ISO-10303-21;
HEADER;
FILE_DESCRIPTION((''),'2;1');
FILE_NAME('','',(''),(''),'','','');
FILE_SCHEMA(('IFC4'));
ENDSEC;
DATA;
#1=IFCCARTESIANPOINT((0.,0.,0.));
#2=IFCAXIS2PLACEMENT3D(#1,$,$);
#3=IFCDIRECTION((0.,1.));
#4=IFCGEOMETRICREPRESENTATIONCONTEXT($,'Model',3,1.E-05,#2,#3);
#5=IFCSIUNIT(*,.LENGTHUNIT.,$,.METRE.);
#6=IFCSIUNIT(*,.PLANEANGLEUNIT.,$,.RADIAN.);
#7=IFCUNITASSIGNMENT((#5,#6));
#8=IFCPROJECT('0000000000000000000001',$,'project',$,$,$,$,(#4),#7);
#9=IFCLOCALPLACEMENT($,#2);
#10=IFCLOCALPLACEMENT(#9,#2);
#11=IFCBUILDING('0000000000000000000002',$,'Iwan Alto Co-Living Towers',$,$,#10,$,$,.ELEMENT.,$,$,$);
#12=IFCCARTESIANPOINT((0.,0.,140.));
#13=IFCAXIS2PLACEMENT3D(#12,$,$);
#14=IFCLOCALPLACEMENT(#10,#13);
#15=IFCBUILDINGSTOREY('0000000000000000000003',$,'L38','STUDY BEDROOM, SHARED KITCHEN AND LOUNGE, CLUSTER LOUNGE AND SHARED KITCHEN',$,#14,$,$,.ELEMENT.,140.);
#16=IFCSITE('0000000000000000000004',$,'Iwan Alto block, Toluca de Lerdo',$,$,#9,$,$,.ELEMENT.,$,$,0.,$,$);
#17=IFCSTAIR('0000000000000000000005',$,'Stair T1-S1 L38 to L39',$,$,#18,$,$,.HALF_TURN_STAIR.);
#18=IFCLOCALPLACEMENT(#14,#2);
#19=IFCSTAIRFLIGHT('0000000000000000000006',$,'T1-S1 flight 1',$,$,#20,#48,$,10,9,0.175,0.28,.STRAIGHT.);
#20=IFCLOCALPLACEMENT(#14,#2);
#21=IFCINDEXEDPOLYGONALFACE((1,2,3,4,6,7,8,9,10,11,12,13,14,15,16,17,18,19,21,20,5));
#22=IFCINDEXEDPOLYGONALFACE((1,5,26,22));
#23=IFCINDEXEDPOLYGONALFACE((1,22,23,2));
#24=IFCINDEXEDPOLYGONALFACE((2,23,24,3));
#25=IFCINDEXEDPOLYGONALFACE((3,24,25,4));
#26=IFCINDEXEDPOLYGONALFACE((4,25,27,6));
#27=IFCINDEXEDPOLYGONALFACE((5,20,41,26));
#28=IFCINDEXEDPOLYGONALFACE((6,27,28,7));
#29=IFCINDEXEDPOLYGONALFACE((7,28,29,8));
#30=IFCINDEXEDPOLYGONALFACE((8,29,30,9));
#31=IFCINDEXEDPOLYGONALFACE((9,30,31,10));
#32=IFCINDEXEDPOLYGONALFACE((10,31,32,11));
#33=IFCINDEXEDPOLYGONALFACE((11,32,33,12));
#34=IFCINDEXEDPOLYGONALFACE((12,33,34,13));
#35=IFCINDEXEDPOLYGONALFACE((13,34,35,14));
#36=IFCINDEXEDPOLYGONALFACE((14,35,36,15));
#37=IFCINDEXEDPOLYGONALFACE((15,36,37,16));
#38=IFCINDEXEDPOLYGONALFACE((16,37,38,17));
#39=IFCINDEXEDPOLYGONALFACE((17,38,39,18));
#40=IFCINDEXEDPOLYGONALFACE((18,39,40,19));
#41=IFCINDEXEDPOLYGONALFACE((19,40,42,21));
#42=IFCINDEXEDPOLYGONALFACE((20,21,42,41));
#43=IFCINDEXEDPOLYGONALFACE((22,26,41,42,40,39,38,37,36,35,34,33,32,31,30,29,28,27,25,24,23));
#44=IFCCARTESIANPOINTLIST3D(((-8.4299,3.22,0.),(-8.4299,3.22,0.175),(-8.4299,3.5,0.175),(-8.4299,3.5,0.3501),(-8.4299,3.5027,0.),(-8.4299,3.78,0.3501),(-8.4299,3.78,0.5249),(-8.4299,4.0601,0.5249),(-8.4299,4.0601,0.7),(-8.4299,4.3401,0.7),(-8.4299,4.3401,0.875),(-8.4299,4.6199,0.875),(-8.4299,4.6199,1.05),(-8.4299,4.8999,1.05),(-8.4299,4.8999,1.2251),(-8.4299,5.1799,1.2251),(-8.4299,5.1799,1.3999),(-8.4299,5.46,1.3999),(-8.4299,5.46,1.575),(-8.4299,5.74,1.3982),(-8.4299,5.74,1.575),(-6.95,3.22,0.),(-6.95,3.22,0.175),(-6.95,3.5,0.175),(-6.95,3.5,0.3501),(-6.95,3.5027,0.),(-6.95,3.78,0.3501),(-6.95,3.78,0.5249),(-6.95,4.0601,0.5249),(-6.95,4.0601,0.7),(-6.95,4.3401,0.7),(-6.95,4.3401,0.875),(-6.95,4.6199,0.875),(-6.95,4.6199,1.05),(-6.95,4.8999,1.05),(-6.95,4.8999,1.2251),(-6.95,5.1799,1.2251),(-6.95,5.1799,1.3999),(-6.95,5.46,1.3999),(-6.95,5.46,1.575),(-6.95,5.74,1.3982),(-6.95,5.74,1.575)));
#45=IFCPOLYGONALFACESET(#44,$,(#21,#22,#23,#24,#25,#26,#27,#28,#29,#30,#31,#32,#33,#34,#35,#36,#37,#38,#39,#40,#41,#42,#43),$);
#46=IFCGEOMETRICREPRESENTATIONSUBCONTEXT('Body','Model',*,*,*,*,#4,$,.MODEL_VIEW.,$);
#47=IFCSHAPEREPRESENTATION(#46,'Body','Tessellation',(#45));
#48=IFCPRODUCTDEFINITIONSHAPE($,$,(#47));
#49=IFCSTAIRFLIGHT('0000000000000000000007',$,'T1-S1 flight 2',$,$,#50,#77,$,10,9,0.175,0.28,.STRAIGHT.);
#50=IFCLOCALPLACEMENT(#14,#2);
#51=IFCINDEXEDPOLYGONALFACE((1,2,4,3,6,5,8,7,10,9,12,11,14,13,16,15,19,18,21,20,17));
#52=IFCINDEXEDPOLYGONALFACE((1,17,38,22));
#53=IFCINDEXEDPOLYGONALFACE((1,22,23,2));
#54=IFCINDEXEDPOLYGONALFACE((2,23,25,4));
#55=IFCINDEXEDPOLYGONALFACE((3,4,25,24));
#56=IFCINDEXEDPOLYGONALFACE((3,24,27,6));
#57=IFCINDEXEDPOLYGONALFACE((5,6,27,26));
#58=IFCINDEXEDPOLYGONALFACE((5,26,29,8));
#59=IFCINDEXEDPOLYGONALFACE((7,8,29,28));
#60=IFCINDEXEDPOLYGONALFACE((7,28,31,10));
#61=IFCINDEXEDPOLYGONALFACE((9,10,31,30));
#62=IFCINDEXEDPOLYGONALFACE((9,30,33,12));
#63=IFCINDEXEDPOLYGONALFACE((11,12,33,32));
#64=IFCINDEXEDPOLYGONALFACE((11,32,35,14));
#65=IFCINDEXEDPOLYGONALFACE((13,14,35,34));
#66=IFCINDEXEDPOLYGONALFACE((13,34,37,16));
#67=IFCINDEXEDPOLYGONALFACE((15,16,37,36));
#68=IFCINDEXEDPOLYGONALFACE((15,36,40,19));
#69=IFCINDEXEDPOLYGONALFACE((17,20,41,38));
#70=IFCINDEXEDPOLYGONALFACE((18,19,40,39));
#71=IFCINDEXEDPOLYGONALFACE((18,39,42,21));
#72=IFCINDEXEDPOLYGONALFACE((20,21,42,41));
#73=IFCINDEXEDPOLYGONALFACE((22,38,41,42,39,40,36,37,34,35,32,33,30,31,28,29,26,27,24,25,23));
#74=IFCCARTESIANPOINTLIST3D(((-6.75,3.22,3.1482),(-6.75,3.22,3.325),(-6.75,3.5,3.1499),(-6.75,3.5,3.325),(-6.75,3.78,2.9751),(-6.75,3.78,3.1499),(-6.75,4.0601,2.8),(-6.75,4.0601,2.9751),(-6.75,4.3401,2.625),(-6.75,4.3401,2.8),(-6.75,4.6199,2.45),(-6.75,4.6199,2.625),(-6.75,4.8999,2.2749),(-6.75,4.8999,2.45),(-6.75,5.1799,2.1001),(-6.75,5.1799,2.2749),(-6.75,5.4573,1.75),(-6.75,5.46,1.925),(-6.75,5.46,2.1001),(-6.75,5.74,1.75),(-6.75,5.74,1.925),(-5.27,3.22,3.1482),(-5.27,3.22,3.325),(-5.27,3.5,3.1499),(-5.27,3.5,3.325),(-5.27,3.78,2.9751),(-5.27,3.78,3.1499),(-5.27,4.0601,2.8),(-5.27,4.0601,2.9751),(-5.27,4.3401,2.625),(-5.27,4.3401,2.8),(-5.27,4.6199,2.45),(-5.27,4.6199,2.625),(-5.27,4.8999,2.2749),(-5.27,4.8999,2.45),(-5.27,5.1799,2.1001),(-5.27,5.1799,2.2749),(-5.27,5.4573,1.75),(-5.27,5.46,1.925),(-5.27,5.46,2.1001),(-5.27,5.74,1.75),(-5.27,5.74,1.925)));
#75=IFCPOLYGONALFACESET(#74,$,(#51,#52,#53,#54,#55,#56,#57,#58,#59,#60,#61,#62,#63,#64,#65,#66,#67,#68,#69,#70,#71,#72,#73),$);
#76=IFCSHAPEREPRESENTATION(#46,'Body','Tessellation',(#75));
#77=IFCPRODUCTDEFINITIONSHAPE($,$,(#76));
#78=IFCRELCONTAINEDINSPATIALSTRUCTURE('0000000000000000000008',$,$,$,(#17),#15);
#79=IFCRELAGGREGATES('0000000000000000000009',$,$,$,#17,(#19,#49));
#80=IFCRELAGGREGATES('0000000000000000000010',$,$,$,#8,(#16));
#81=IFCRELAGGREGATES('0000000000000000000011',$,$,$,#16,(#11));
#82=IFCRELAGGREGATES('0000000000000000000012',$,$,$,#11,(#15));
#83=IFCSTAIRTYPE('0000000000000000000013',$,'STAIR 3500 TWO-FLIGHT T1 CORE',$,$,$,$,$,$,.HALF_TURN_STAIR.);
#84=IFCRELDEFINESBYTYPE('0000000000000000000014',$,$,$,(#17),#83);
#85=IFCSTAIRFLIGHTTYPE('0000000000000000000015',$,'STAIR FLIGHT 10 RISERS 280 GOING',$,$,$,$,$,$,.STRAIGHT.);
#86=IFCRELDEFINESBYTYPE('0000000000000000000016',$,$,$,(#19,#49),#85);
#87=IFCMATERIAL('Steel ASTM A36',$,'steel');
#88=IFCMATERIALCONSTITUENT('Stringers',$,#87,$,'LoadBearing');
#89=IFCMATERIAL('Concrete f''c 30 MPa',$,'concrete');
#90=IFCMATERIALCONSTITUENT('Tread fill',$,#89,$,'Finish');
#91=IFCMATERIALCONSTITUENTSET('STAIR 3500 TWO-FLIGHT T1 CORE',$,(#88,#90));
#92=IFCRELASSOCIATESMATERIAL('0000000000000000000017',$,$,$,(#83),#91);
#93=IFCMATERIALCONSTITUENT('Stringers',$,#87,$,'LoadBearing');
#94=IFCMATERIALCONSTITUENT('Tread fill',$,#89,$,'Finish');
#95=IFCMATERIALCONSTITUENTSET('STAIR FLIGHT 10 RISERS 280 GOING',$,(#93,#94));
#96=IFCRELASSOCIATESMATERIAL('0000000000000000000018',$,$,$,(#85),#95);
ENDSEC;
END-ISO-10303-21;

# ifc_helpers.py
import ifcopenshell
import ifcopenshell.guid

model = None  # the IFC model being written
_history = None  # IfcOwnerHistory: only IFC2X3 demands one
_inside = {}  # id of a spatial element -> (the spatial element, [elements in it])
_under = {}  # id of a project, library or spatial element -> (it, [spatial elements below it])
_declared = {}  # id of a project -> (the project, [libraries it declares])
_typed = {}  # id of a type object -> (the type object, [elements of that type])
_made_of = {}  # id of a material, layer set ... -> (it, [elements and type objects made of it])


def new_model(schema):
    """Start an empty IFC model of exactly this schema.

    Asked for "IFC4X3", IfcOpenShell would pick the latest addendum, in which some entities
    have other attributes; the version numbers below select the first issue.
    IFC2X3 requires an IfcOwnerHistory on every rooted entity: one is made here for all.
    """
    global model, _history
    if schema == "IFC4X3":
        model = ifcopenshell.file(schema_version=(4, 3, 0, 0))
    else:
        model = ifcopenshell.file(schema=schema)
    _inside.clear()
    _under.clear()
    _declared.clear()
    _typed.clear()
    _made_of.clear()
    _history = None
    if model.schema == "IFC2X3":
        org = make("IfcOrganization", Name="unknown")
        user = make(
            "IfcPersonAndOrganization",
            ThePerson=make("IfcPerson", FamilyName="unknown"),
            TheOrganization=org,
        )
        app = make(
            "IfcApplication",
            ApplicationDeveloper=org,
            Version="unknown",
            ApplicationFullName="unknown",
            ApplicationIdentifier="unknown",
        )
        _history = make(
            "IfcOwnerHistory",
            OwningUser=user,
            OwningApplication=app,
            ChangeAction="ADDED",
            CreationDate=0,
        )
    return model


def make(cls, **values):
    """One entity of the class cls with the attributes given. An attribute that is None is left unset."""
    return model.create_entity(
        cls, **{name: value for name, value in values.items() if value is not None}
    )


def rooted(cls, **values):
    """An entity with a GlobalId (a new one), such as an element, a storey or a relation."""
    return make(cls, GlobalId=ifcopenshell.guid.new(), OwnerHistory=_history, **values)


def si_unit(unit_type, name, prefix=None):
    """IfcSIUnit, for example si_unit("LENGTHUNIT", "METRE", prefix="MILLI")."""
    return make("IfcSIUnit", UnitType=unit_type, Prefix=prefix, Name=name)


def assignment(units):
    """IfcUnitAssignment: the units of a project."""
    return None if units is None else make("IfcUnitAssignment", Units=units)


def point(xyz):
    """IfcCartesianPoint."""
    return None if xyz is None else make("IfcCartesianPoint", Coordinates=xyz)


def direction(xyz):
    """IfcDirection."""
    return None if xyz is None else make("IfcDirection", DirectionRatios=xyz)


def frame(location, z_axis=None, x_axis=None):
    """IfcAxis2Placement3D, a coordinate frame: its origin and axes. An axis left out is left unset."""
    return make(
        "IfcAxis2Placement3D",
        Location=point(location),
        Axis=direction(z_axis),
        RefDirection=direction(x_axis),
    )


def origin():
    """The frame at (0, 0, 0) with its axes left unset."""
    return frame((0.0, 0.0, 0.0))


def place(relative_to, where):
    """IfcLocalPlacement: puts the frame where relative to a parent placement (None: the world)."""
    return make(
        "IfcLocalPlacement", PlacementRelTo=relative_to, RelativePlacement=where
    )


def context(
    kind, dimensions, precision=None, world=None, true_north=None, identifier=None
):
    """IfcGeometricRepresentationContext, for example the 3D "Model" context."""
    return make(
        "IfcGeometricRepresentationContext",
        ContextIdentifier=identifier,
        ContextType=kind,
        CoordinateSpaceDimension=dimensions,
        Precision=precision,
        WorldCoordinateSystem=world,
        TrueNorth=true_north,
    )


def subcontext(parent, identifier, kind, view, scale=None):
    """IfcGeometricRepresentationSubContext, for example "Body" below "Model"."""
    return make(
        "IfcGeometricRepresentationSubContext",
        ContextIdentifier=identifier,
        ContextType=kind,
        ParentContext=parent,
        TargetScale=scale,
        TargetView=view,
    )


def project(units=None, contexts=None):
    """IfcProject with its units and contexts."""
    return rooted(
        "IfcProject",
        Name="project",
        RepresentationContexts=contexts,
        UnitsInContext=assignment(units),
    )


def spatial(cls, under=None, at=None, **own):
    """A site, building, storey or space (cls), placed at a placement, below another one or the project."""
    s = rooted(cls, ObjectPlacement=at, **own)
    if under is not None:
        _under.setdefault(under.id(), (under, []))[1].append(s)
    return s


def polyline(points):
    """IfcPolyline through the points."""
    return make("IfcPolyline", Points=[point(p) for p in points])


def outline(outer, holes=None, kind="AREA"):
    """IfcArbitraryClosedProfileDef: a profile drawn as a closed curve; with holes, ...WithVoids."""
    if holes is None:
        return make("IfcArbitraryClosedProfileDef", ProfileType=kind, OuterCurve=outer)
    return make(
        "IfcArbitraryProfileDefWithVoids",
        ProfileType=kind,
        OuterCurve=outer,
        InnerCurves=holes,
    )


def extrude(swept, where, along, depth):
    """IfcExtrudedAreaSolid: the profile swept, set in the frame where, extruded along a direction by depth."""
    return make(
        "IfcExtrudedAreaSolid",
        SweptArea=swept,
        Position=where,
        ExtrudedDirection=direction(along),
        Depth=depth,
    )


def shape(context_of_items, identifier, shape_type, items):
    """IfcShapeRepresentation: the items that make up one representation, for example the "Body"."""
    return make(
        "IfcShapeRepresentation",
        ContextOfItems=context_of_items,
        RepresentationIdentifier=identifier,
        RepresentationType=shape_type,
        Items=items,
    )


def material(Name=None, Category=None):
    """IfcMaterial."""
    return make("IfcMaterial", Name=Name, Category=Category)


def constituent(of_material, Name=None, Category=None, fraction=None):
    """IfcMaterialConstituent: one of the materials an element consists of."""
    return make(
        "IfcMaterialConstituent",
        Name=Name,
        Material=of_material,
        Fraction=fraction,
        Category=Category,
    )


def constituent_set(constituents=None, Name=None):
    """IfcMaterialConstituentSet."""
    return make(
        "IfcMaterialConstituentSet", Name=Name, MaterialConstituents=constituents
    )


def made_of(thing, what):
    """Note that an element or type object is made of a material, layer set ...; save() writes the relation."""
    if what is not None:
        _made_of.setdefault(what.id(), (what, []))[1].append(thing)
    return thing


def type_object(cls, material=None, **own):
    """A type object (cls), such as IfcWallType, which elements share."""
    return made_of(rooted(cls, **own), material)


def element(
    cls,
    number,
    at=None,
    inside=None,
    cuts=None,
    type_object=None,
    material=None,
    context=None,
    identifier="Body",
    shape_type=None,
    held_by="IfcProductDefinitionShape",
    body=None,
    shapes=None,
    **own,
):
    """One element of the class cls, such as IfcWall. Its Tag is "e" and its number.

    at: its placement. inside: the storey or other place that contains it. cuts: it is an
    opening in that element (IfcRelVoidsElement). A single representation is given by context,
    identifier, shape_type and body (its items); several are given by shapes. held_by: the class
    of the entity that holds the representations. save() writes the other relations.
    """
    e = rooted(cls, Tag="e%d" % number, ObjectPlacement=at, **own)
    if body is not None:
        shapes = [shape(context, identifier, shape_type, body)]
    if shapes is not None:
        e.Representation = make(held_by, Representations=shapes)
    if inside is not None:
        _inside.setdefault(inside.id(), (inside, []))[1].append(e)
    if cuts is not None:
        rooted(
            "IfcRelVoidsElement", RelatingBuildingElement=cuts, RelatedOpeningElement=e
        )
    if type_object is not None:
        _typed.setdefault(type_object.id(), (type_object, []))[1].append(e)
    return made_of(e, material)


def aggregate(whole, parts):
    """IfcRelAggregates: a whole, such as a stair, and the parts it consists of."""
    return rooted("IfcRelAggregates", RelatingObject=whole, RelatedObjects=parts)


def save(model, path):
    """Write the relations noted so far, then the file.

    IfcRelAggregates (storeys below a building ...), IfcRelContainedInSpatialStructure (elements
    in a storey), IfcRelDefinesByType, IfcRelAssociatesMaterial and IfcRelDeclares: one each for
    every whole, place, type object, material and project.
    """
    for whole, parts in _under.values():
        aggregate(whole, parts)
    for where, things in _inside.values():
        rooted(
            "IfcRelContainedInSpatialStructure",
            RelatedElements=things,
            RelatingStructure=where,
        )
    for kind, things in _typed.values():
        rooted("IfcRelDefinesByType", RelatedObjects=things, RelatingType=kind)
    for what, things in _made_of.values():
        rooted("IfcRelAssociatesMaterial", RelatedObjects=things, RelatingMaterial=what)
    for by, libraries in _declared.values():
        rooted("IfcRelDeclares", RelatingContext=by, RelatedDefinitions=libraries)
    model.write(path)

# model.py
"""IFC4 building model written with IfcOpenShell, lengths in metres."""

from ifc_helpers import new_model, si_unit, direction, frame, origin, place, context, subcontext, project, spatial, polyline, outline, extrude, material, constituent, constituent_set, type_object, element, aggregate, save


model = new_model("IFC4")

# Units and contexts
model_context = context("Model", 3, precision=1e-05, world=origin(), true_north=direction((0.0, 1.0)))
body_context = subcontext(model_context, "Body", "Model", "MODEL_VIEW")
ifc_project = project(units=[si_unit("LENGTHUNIT", "METRE"), si_unit("PLANEANGLEUNIT", "RADIAN")], contexts=[model_context])

# Site, building, storey
site_placement = place(None, origin())
site = spatial("IfcSite", under=ifc_project, at=site_placement, Name="Iwan Alto block, Toluca de Lerdo", CompositionType="ELEMENT", RefElevation=0.0)
building_placement = place(site_placement, origin())
building = spatial("IfcBuilding", under=site, at=building_placement, Name="Iwan Alto Co-Living Towers", CompositionType="ELEMENT")
storey_placement = place(building_placement, frame((0.0, 0.0, 140.0)))
storey = spatial("IfcBuildingStorey", under=building, at=storey_placement, Name="L38", Description="STUDY BEDROOM, SHARED KITCHEN AND LOUNGE, CLUSTER LOUNGE AND SHARED KITCHEN", CompositionType="ELEMENT", Elevation=140.0)

# Stair, stair flights
ifc_material_1 = material(Name="Steel ASTM A36", Category="steel")
ifc_constituent_1 = constituent(ifc_material_1, Name="Stringers", Category="LoadBearing")
ifc_material_2 = material(Name="Concrete f'c 30 MPa", Category="concrete")
ifc_constituent_2 = constituent(ifc_material_2, Name="Tread fill", Category="Finish")
ifc_constituent_set_1 = constituent_set(constituents=[ifc_constituent_1, ifc_constituent_2], Name="STAIR 3500 TWO-FLIGHT T1 CORE")
stair_type = type_object("IfcStairType", Name="STAIR 3500 TWO-FLIGHT T1 CORE", PredefinedType="HALF_TURN_STAIR", material=ifc_constituent_set_1)
stair_placement = place(storey_placement, origin())
stair = element("IfcStair", 1, at=stair_placement, inside=storey, type_object=stair_type, Name="Stair T1-S1 L38 to L39", PredefinedType="HALF_TURN_STAIR")
ifc_constituent_3 = constituent(ifc_material_1, Name="Stringers", Category="LoadBearing")
ifc_constituent_4 = constituent(ifc_material_2, Name="Tread fill", Category="Finish")
ifc_constituent_set_2 = constituent_set(constituents=[ifc_constituent_3, ifc_constituent_4], Name="STAIR FLIGHT 10 RISERS 280 GOING")
stair_flight_type = type_object("IfcStairFlightType", Name="STAIR FLIGHT 10 RISERS 280 GOING", PredefinedType="STRAIGHT", material=ifc_constituent_set_2)
stair_flight_1_placement = place(storey_placement, frame((-7.6899, 3.22, 0.0), z_axis=(0.0, 0.0, 1.0), x_axis=(0.0, 1.0, 0.0)))
stair_flight_1 = element("IfcStairFlight", 2, at=stair_flight_1_placement, type_object=stair_flight_type, Name="T1-S1 flight 1", NumberOfRisers=10, NumberOfTreads=9, PredefinedType="STRAIGHT", RiserHeight=0.175, TreadLength=0.28, context=body_context, shape_type="SweptSolid", body=[
    extrude(outline(polyline([(0.0, 0.0), (0.0, 0.175), (0.28, 0.175), (0.28, 0.3501), (0.5601, 0.3501), (0.5601, 0.5249), (0.8401, 0.5249), (0.8401, 0.7), (1.1201, 0.7), (1.1201, 0.875), (1.3999, 0.875), (1.3999, 1.05), (1.6799, 1.05), (1.6799, 1.2251), (1.96, 1.2251), (1.96, 1.3999), (2.24, 1.3999), (2.24, 1.575), (2.52, 1.575), (2.52, 1.75), (2.52, 1.3982), (0.2827, 0.0), (0.0, 0.0)])), frame((0.0, 0.74, 0.0), z_axis=(0.0, -1.0, 0.0), x_axis=(1.0, 0.0, 0.0)), (0.0, 0.0, 1.0), 1.48),
])
stair_flight_2_placement = place(storey_placement, frame((-6.01, 5.74, 1.75), z_axis=(0.0, 0.0, 1.0), x_axis=(0.0, -1.0, 0.0)))
stair_flight_2 = element("IfcStairFlight", 3, at=stair_flight_2_placement, type_object=stair_flight_type, Name="T1-S1 flight 2", NumberOfRisers=10, NumberOfTreads=9, PredefinedType="STRAIGHT", RiserHeight=0.175, TreadLength=0.28, context=body_context, shape_type="SweptSolid", body=[
    extrude(outline(polyline([(0.0, 0.0), (0.0, 0.175), (0.28, 0.175), (0.28, 0.3501), (0.5601, 0.3501), (0.5601, 0.5249), (0.8401, 0.5249), (0.8401, 0.7), (1.1201, 0.7), (1.1201, 0.875), (1.3999, 0.875), (1.3999, 1.05), (1.6799, 1.05), (1.6799, 1.2251), (1.96, 1.2251), (1.96, 1.3999), (2.24, 1.3999), (2.24, 1.575), (2.52, 1.575), (2.52, 1.75), (2.52, 1.3982), (0.2827, 0.0), (0.0, 0.0)])), frame((0.0, 0.74, 0.0), z_axis=(0.0, -1.0, 0.0), x_axis=(1.0, 0.0, 0.0)), (0.0, 0.0, 1.0), 1.48),
])
aggregate(stair, [stair_flight_1, stair_flight_2])

save(model, "model.ifc")
